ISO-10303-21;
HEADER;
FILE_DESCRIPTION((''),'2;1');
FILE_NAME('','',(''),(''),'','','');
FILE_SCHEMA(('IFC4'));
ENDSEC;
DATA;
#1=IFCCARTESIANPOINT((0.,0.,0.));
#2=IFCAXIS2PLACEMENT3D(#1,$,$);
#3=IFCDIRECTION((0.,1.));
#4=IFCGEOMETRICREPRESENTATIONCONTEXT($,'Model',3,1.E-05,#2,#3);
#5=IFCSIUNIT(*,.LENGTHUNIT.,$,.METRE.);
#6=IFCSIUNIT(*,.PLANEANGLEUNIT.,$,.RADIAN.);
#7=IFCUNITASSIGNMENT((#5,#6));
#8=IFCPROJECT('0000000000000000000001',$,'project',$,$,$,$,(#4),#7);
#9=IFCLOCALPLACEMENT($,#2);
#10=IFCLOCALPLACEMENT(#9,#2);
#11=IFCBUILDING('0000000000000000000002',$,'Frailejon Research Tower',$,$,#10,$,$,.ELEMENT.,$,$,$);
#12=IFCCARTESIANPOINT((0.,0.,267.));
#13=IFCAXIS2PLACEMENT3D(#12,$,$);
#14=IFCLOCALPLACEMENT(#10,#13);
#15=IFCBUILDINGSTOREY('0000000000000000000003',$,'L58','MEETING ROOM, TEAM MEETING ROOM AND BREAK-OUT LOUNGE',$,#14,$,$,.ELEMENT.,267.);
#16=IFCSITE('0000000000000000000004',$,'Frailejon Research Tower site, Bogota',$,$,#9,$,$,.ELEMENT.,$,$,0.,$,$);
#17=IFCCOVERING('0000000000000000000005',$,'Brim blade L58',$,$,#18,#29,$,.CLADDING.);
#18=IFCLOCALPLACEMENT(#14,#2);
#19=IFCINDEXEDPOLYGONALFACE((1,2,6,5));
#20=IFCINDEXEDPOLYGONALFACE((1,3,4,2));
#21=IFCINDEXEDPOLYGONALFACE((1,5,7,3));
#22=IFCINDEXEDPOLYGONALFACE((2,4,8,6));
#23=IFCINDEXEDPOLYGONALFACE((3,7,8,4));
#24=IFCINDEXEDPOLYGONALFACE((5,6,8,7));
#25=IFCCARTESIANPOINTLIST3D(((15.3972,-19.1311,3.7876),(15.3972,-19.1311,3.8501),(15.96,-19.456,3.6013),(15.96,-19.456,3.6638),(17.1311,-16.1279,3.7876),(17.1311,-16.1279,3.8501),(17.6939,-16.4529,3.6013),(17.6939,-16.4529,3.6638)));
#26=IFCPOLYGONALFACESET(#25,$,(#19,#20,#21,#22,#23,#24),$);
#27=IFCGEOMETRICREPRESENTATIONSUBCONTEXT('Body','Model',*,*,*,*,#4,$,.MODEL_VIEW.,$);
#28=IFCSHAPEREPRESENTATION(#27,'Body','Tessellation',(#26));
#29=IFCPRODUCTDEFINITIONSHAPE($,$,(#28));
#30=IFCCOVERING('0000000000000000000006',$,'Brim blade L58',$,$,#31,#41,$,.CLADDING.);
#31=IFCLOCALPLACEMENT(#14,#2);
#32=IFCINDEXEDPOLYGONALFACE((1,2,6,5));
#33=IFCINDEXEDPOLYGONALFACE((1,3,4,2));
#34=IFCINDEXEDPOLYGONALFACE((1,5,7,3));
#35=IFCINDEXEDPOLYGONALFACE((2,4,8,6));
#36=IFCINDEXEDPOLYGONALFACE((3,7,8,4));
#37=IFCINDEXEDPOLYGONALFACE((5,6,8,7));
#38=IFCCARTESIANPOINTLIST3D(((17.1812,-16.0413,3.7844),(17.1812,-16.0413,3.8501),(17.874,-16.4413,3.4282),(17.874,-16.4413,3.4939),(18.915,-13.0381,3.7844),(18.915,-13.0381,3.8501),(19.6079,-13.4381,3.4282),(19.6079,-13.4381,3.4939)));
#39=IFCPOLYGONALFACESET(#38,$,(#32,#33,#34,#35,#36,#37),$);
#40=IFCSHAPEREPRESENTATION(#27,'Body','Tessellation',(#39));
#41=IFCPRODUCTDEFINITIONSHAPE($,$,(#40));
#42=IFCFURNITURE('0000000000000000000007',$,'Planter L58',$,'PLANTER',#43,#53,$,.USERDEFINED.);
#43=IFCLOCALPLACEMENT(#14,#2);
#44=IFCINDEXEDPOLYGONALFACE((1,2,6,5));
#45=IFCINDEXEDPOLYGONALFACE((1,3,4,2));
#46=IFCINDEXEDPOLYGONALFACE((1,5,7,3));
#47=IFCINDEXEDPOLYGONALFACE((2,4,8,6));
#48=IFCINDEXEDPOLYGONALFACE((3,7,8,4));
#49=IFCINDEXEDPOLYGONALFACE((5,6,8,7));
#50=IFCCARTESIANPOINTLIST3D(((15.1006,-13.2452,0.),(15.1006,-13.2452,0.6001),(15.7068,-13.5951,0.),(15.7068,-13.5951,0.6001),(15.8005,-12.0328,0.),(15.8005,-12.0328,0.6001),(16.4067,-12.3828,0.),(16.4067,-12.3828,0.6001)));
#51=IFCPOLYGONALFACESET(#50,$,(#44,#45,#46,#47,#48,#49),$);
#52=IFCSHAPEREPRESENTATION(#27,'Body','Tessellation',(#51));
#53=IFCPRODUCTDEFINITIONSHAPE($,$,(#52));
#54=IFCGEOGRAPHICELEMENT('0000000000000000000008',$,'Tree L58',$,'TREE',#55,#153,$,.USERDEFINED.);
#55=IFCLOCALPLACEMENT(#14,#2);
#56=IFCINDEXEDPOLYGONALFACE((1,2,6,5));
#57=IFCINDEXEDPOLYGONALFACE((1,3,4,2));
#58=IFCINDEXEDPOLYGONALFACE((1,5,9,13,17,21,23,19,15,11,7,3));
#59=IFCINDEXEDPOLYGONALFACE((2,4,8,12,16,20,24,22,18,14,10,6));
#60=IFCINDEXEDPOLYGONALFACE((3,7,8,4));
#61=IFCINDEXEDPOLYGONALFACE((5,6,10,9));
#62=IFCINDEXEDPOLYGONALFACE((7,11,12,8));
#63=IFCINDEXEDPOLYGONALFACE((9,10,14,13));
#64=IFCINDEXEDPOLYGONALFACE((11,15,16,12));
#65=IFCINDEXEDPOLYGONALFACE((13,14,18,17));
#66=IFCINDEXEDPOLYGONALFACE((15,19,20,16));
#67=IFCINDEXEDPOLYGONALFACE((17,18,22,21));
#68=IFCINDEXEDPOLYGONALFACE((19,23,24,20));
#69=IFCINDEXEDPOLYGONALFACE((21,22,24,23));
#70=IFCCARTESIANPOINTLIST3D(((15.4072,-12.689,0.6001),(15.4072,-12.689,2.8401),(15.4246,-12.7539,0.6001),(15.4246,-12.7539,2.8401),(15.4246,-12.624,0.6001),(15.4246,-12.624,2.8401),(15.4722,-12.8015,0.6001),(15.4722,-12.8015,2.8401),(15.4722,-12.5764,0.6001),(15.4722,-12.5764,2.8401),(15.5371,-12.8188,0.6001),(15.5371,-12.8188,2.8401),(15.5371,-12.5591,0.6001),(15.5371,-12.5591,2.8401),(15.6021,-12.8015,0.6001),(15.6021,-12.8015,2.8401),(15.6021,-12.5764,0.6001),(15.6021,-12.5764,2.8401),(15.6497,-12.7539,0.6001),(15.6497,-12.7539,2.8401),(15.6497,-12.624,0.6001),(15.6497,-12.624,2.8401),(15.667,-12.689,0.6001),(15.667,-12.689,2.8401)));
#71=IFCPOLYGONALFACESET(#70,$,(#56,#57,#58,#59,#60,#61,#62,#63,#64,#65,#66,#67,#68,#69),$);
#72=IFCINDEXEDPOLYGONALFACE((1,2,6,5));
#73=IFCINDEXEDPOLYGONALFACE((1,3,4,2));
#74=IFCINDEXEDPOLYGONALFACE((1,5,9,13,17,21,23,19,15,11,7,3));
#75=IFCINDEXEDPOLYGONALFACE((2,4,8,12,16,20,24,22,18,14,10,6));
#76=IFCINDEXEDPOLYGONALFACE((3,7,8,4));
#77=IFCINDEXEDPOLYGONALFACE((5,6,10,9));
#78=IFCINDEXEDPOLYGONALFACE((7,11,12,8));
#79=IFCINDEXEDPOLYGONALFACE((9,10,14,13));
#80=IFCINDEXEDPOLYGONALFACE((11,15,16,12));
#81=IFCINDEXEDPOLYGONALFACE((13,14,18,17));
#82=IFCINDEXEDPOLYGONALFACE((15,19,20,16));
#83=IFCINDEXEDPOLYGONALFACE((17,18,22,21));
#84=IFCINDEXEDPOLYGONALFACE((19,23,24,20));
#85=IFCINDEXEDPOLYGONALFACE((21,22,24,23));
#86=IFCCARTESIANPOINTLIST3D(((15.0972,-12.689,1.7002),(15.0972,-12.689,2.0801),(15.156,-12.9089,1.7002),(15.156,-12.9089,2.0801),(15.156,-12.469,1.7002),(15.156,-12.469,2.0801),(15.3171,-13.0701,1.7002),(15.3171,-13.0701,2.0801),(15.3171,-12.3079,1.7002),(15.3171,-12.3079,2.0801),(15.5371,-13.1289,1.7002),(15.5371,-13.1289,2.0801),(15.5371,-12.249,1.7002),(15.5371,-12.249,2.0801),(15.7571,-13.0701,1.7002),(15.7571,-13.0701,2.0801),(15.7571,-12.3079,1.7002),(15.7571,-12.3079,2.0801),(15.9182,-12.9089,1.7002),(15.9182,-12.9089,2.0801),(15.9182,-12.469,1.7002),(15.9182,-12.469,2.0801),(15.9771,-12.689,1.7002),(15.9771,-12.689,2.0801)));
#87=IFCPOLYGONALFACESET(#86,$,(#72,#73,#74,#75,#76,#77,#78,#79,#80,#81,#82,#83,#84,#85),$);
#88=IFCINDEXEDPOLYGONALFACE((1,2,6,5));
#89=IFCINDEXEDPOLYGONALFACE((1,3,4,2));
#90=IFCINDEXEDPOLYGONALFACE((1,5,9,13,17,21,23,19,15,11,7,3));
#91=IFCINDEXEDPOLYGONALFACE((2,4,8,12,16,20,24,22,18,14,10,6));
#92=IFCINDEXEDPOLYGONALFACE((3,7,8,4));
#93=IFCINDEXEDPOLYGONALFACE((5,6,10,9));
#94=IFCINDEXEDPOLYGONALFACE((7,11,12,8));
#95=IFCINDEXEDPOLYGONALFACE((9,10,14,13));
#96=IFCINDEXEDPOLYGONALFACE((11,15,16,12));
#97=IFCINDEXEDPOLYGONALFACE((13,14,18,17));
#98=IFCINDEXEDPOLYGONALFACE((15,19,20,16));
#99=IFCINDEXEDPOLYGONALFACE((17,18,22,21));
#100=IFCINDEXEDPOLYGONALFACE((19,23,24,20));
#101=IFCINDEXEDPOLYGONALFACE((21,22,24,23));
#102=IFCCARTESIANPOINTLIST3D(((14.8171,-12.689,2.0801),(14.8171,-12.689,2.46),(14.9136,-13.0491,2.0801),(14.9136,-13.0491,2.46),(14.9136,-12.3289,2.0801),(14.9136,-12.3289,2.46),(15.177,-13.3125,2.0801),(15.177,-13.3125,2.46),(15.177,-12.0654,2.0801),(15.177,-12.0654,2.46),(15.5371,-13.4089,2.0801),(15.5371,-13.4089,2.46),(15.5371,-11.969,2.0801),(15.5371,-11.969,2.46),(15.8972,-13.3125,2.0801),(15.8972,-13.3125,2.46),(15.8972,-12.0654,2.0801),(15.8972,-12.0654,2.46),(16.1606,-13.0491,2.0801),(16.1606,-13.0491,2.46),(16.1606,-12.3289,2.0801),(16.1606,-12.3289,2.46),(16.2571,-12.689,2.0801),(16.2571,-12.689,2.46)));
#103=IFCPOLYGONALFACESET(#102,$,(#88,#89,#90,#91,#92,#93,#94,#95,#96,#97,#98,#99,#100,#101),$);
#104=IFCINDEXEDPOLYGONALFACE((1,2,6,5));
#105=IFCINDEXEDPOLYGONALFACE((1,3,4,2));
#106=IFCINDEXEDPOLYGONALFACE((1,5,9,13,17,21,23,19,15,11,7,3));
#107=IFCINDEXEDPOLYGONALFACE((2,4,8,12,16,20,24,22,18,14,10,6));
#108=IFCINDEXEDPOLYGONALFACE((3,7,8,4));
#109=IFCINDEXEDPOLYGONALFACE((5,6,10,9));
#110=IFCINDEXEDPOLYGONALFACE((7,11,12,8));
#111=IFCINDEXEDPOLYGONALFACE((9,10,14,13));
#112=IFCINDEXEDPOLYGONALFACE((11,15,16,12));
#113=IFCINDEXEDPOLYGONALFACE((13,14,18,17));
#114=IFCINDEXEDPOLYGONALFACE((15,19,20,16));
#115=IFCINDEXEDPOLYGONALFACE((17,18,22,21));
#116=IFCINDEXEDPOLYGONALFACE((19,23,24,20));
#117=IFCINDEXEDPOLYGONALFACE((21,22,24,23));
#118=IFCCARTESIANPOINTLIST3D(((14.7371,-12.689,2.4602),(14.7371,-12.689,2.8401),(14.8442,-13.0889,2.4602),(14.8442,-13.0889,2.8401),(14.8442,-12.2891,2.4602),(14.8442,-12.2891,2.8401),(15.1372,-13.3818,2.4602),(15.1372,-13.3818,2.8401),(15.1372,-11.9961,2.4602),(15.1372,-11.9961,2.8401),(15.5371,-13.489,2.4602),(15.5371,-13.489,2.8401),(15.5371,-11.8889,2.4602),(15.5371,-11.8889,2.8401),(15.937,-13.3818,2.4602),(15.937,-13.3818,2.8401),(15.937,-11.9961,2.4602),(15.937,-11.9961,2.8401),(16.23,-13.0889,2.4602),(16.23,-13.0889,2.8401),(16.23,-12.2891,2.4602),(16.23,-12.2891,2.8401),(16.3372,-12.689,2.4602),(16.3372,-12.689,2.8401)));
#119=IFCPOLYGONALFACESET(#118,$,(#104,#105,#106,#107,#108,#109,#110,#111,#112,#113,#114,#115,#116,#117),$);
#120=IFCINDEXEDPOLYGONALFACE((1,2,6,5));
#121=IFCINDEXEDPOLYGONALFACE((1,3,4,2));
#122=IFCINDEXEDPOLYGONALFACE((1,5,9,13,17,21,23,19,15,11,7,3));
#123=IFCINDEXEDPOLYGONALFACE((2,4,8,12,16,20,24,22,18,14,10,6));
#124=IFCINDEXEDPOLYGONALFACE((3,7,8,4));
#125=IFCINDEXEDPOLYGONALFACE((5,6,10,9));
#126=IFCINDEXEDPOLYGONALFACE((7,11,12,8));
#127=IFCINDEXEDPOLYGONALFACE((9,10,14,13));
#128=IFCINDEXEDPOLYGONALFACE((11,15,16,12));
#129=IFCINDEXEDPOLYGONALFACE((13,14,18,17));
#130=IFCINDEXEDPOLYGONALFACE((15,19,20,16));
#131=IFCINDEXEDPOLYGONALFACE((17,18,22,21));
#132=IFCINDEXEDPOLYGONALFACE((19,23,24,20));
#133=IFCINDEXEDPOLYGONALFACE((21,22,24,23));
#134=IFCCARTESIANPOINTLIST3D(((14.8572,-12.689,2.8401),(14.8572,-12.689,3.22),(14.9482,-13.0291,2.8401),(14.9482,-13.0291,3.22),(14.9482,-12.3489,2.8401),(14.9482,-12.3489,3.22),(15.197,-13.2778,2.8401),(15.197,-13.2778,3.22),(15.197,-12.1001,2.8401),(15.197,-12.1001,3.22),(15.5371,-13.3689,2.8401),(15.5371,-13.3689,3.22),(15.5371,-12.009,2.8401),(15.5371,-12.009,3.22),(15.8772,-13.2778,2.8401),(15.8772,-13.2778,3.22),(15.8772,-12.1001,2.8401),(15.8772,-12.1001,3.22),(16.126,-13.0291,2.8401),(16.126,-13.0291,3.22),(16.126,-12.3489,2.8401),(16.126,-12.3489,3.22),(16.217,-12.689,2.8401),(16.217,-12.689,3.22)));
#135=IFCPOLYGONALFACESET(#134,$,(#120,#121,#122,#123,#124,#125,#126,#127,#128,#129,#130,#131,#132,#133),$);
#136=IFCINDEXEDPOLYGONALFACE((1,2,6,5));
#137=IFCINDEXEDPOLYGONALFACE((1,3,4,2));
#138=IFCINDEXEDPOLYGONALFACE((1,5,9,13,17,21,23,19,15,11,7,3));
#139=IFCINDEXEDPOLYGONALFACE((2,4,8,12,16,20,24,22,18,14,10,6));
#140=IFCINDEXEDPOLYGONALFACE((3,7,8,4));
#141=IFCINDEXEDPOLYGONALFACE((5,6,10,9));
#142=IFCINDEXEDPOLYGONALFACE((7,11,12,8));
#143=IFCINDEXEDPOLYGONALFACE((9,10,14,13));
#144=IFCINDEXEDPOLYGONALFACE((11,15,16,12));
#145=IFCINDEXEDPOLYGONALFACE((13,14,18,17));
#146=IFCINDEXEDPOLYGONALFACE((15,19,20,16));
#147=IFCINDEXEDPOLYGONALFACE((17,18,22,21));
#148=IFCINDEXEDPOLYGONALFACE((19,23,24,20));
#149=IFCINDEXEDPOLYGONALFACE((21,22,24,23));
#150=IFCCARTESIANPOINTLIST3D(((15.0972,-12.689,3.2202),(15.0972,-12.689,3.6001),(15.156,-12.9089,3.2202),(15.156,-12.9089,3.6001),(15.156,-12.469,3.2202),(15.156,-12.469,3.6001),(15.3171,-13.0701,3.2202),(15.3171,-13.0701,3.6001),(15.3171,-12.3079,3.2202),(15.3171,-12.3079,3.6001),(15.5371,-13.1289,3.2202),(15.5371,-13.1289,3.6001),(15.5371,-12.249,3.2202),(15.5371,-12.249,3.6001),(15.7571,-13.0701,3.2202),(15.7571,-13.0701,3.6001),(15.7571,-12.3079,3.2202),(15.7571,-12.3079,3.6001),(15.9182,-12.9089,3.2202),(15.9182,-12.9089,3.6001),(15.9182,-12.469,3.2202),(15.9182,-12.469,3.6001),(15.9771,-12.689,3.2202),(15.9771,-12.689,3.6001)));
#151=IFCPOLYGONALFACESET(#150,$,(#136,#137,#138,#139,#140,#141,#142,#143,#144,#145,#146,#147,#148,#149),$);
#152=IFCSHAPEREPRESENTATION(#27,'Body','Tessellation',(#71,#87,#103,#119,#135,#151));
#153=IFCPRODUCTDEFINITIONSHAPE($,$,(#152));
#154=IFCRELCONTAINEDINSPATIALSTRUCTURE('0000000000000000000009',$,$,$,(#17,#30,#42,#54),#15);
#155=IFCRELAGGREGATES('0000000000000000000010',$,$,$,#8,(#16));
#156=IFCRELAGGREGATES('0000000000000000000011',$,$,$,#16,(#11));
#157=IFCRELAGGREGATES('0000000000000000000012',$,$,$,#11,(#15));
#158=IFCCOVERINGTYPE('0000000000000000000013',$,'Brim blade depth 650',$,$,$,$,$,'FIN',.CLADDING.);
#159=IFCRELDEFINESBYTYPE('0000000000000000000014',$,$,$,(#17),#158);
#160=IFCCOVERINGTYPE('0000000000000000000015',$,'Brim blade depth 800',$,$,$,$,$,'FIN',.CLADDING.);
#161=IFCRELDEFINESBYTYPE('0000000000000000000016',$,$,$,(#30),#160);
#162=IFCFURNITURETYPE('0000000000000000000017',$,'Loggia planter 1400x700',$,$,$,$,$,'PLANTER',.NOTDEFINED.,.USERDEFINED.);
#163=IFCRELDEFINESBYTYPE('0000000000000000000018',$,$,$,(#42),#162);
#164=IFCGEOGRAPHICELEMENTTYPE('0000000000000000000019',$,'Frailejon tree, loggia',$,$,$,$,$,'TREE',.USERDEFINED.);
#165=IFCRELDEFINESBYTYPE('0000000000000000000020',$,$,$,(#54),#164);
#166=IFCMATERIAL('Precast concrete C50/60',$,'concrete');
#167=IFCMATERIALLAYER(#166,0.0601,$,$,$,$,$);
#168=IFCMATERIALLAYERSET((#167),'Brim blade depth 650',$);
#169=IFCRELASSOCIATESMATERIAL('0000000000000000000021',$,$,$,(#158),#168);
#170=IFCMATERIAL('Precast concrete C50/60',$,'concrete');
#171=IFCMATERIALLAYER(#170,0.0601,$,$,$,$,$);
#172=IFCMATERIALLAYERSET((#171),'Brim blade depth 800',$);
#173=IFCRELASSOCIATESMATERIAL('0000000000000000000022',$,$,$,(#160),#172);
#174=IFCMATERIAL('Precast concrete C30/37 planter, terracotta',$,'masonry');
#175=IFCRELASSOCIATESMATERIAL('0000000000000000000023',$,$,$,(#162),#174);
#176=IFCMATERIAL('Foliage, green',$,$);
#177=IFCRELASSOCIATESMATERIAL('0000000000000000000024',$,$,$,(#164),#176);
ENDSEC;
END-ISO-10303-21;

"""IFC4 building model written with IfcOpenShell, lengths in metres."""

from ifc_helpers import new_model, si_unit, direction, frame, origin, origin_2d, place, context, subcontext, project, spatial, polyline, rectangle, outline, extrude, material, layer, layer_set, type_object, element, save


model = new_model("IFC4")

# Units and contexts
model_context = context("Model", 3, precision=1e-05, world=origin(), true_north=direction((0.0, 1.0)))
body_context = subcontext(model_context, "Body", "Model", "MODEL_VIEW")
ifc_project = project(units=[si_unit("LENGTHUNIT", "METRE"), si_unit("PLANEANGLEUNIT", "RADIAN")], contexts=[model_context])

# Site, building, storey
site_placement = place(None, origin())
site = spatial("IfcSite", under=ifc_project, at=site_placement, Name="Frailejon Research Tower site, Bogota", CompositionType="ELEMENT", RefElevation=0.0)
building_placement = place(site_placement, origin())
building = spatial("IfcBuilding", under=site, at=building_placement, Name="Frailejon Research Tower", CompositionType="ELEMENT")
storey_placement = place(building_placement, frame((0.0, 0.0, 267.0)))
storey = spatial("IfcBuildingStorey", under=building, at=storey_placement, Name="L58", Description="MEETING ROOM, TEAM MEETING ROOM AND BREAK-OUT LOUNGE", CompositionType="ELEMENT", Elevation=267.0)

# Coverings
ifc_material_1 = material(Name="Precast concrete C50/60", Category="concrete")
ifc_layer_1 = layer(ifc_material_1, 0.0601)
ifc_layer_set_1 = layer_set([ifc_layer_1], Name="Brim blade depth 650")
covering_type_1 = type_object("IfcCoveringType", Name="Brim blade depth 650", ElementType="FIN", PredefinedType="CLADDING", material=ifc_layer_set_1)
covering_1_placement = place(storey_placement, frame((17.1311, -16.1279, 3.8501), z_axis=(-0.500013, -0.866018, 0.0), x_axis=(0.866018, -0.500013, 0.0)))
element("IfcCovering", 1, at=covering_1_placement, inside=storey, type_object=covering_type_1, Name="Brim blade L58", PredefinedType="CLADDING", context=body_context, shape_type="SweptSolid", body=[
    extrude(outline(polyline([(0.0, -0.0625), (0.6499, -0.2488), (0.6499, -0.1863), (0.0, 0.0), (0.0, -0.0625)])), origin(), (0.0, 0.0, 1.0), 3.4678),
])
ifc_material_2 = material(Name="Precast concrete C50/60", Category="concrete")
ifc_layer_2 = layer(ifc_material_2, 0.0601)
ifc_layer_set_2 = layer_set([ifc_layer_2], Name="Brim blade depth 800")
covering_type_2 = type_object("IfcCoveringType", Name="Brim blade depth 800", ElementType="FIN", PredefinedType="CLADDING", material=ifc_layer_set_2)
covering_2_placement = place(storey_placement, frame((18.915, -13.0381, 3.8501), z_axis=(-0.500001, -0.866025, 0.0), x_axis=(0.866025, -0.500001, 0.0)))
element("IfcCovering", 2, at=covering_2_placement, inside=storey, type_object=covering_type_2, Name="Brim blade L58", PredefinedType="CLADDING", context=body_context, shape_type="SweptSolid", body=[
    extrude(outline(polyline([(0.0, -0.0657), (0.8, -0.4219), (0.8, -0.3562), (0.0, 0.0), (0.0, -0.0657)])), origin(), (0.0, 0.0, 1.0), 3.4678),
])

# Furniture
ifc_material_3 = material(Name="Precast concrete C30/37 planter, terracotta", Category="masonry")
furniture_type = type_object("IfcFurnitureType", Name="Loggia planter 1400x700", ElementType="PLANTER", AssemblyPlace="NOTDEFINED", PredefinedType="USERDEFINED", material=ifc_material_3)
furniture_placement = place(storey_placement, frame((15.7537, -12.814, 0.0), z_axis=(0.0, 0.0, 1.0), x_axis=(0.5, 0.866025, 0.0)))
element("IfcFurniture", 3, at=furniture_placement, inside=storey, type_object=furniture_type, Name="Planter L58", ObjectType="PLANTER", PredefinedType="USERDEFINED", context=body_context, shape_type="SweptSolid", body=[
    extrude(rectangle(XDim=1.3999, YDim=0.7, at=origin_2d()), origin(), (0.0, 0.0, 1.0), 0.6001),
])

# Geographic element
ifc_material_4 = material(Name="Foliage, green")
geographic_element_type = type_object("IfcGeographicElementType", Name="Frailejon tree, loggia", ElementType="TREE", PredefinedType="USERDEFINED", material=ifc_material_4)
geographic_element_placement = place(storey_placement, frame((15.5371, -12.689, 0.6001)))
element("IfcGeographicElement", 4, at=geographic_element_placement, inside=storey, type_object=geographic_element_type, Name="Tree L58", ObjectType="TREE", PredefinedType="USERDEFINED", context=body_context, shape_type="SweptSolid", body=[
    extrude(outline(polyline([(0.1299, 0.0), (0.1125, 0.0649), (0.0649, 0.1125), (0.0, 0.1299), (-0.0649, 0.1125), (-0.1125, 0.0649), (-0.1299, 0.0), (-0.1125, -0.0649), (-0.0649, -0.1125), (0.0, -0.1299), (0.0649, -0.1125), (0.1125, -0.0649), (0.1299, 0.0)])), origin(), (0.0, 0.0, 1.0), 2.24),
    extrude(outline(polyline([(0.4399, 0.0), (0.3811, 0.22), (0.22, 0.3811), (0.0, 0.4399), (-0.22, 0.3811), (-0.3811, 0.22), (-0.4399, 0.0), (-0.3811, -0.22), (-0.22, -0.3811), (0.0, -0.4399), (0.22, -0.3811), (0.3811, -0.22), (0.4399, 0.0)])), frame((0.0, 0.0, 1.1001)), (0.0, 0.0, 1.0), 0.3799),
    extrude(outline(polyline([(0.72, 0.0), (0.6235, 0.3601), (0.3601, 0.6235), (0.0, 0.72), (-0.3601, 0.6235), (-0.6235, 0.3601), (-0.72, 0.0), (-0.6235, -0.3601), (-0.3601, -0.6235), (0.0, -0.72), (0.3601, -0.6235), (0.6235, -0.3601), (0.72, 0.0)])), frame((0.0, 0.0, 1.48)), (0.0, 0.0, 1.0), 0.3799),
    extrude(outline(polyline([(0.8, 0.0), (0.6929, 0.3999), (0.3999, 0.6929), (0.0, 0.8), (-0.3999, 0.6929), (-0.6929, 0.3999), (-0.8, 0.0), (-0.6929, -0.3999), (-0.3999, -0.6929), (0.0, -0.8), (0.3999, -0.6929), (0.6929, -0.3999), (0.8, 0.0)])), frame((0.0, 0.0, 1.8601)), (0.0, 0.0, 1.0), 0.3799),
    extrude(outline(polyline([(0.6799, 0.0), (0.5889, 0.3401), (0.3401, 0.5889), (0.0, 0.6799), (-0.3401, 0.5889), (-0.5889, 0.3401), (-0.6799, 0.0), (-0.5889, -0.3401), (-0.3401, -0.5889), (0.0, -0.6799), (0.3401, -0.5889), (0.5889, -0.3401), (0.6799, 0.0)])), frame((0.0, 0.0, 2.24)), (0.0, 0.0, 1.0), 0.3799),
    extrude(outline(polyline([(0.4399, 0.0), (0.3811, 0.22), (0.22, 0.3811), (0.0, 0.4399), (-0.22, 0.3811), (-0.3811, 0.22), (-0.4399, 0.0), (-0.3811, -0.22), (-0.22, -0.3811), (0.0, -0.4399), (0.22, -0.3811), (0.3811, -0.22), (0.4399, 0.0)])), frame((0.0, 0.0, 2.6201)), (0.0, 0.0, 1.0), 0.3799),
])

save(model, "model.ifc")
